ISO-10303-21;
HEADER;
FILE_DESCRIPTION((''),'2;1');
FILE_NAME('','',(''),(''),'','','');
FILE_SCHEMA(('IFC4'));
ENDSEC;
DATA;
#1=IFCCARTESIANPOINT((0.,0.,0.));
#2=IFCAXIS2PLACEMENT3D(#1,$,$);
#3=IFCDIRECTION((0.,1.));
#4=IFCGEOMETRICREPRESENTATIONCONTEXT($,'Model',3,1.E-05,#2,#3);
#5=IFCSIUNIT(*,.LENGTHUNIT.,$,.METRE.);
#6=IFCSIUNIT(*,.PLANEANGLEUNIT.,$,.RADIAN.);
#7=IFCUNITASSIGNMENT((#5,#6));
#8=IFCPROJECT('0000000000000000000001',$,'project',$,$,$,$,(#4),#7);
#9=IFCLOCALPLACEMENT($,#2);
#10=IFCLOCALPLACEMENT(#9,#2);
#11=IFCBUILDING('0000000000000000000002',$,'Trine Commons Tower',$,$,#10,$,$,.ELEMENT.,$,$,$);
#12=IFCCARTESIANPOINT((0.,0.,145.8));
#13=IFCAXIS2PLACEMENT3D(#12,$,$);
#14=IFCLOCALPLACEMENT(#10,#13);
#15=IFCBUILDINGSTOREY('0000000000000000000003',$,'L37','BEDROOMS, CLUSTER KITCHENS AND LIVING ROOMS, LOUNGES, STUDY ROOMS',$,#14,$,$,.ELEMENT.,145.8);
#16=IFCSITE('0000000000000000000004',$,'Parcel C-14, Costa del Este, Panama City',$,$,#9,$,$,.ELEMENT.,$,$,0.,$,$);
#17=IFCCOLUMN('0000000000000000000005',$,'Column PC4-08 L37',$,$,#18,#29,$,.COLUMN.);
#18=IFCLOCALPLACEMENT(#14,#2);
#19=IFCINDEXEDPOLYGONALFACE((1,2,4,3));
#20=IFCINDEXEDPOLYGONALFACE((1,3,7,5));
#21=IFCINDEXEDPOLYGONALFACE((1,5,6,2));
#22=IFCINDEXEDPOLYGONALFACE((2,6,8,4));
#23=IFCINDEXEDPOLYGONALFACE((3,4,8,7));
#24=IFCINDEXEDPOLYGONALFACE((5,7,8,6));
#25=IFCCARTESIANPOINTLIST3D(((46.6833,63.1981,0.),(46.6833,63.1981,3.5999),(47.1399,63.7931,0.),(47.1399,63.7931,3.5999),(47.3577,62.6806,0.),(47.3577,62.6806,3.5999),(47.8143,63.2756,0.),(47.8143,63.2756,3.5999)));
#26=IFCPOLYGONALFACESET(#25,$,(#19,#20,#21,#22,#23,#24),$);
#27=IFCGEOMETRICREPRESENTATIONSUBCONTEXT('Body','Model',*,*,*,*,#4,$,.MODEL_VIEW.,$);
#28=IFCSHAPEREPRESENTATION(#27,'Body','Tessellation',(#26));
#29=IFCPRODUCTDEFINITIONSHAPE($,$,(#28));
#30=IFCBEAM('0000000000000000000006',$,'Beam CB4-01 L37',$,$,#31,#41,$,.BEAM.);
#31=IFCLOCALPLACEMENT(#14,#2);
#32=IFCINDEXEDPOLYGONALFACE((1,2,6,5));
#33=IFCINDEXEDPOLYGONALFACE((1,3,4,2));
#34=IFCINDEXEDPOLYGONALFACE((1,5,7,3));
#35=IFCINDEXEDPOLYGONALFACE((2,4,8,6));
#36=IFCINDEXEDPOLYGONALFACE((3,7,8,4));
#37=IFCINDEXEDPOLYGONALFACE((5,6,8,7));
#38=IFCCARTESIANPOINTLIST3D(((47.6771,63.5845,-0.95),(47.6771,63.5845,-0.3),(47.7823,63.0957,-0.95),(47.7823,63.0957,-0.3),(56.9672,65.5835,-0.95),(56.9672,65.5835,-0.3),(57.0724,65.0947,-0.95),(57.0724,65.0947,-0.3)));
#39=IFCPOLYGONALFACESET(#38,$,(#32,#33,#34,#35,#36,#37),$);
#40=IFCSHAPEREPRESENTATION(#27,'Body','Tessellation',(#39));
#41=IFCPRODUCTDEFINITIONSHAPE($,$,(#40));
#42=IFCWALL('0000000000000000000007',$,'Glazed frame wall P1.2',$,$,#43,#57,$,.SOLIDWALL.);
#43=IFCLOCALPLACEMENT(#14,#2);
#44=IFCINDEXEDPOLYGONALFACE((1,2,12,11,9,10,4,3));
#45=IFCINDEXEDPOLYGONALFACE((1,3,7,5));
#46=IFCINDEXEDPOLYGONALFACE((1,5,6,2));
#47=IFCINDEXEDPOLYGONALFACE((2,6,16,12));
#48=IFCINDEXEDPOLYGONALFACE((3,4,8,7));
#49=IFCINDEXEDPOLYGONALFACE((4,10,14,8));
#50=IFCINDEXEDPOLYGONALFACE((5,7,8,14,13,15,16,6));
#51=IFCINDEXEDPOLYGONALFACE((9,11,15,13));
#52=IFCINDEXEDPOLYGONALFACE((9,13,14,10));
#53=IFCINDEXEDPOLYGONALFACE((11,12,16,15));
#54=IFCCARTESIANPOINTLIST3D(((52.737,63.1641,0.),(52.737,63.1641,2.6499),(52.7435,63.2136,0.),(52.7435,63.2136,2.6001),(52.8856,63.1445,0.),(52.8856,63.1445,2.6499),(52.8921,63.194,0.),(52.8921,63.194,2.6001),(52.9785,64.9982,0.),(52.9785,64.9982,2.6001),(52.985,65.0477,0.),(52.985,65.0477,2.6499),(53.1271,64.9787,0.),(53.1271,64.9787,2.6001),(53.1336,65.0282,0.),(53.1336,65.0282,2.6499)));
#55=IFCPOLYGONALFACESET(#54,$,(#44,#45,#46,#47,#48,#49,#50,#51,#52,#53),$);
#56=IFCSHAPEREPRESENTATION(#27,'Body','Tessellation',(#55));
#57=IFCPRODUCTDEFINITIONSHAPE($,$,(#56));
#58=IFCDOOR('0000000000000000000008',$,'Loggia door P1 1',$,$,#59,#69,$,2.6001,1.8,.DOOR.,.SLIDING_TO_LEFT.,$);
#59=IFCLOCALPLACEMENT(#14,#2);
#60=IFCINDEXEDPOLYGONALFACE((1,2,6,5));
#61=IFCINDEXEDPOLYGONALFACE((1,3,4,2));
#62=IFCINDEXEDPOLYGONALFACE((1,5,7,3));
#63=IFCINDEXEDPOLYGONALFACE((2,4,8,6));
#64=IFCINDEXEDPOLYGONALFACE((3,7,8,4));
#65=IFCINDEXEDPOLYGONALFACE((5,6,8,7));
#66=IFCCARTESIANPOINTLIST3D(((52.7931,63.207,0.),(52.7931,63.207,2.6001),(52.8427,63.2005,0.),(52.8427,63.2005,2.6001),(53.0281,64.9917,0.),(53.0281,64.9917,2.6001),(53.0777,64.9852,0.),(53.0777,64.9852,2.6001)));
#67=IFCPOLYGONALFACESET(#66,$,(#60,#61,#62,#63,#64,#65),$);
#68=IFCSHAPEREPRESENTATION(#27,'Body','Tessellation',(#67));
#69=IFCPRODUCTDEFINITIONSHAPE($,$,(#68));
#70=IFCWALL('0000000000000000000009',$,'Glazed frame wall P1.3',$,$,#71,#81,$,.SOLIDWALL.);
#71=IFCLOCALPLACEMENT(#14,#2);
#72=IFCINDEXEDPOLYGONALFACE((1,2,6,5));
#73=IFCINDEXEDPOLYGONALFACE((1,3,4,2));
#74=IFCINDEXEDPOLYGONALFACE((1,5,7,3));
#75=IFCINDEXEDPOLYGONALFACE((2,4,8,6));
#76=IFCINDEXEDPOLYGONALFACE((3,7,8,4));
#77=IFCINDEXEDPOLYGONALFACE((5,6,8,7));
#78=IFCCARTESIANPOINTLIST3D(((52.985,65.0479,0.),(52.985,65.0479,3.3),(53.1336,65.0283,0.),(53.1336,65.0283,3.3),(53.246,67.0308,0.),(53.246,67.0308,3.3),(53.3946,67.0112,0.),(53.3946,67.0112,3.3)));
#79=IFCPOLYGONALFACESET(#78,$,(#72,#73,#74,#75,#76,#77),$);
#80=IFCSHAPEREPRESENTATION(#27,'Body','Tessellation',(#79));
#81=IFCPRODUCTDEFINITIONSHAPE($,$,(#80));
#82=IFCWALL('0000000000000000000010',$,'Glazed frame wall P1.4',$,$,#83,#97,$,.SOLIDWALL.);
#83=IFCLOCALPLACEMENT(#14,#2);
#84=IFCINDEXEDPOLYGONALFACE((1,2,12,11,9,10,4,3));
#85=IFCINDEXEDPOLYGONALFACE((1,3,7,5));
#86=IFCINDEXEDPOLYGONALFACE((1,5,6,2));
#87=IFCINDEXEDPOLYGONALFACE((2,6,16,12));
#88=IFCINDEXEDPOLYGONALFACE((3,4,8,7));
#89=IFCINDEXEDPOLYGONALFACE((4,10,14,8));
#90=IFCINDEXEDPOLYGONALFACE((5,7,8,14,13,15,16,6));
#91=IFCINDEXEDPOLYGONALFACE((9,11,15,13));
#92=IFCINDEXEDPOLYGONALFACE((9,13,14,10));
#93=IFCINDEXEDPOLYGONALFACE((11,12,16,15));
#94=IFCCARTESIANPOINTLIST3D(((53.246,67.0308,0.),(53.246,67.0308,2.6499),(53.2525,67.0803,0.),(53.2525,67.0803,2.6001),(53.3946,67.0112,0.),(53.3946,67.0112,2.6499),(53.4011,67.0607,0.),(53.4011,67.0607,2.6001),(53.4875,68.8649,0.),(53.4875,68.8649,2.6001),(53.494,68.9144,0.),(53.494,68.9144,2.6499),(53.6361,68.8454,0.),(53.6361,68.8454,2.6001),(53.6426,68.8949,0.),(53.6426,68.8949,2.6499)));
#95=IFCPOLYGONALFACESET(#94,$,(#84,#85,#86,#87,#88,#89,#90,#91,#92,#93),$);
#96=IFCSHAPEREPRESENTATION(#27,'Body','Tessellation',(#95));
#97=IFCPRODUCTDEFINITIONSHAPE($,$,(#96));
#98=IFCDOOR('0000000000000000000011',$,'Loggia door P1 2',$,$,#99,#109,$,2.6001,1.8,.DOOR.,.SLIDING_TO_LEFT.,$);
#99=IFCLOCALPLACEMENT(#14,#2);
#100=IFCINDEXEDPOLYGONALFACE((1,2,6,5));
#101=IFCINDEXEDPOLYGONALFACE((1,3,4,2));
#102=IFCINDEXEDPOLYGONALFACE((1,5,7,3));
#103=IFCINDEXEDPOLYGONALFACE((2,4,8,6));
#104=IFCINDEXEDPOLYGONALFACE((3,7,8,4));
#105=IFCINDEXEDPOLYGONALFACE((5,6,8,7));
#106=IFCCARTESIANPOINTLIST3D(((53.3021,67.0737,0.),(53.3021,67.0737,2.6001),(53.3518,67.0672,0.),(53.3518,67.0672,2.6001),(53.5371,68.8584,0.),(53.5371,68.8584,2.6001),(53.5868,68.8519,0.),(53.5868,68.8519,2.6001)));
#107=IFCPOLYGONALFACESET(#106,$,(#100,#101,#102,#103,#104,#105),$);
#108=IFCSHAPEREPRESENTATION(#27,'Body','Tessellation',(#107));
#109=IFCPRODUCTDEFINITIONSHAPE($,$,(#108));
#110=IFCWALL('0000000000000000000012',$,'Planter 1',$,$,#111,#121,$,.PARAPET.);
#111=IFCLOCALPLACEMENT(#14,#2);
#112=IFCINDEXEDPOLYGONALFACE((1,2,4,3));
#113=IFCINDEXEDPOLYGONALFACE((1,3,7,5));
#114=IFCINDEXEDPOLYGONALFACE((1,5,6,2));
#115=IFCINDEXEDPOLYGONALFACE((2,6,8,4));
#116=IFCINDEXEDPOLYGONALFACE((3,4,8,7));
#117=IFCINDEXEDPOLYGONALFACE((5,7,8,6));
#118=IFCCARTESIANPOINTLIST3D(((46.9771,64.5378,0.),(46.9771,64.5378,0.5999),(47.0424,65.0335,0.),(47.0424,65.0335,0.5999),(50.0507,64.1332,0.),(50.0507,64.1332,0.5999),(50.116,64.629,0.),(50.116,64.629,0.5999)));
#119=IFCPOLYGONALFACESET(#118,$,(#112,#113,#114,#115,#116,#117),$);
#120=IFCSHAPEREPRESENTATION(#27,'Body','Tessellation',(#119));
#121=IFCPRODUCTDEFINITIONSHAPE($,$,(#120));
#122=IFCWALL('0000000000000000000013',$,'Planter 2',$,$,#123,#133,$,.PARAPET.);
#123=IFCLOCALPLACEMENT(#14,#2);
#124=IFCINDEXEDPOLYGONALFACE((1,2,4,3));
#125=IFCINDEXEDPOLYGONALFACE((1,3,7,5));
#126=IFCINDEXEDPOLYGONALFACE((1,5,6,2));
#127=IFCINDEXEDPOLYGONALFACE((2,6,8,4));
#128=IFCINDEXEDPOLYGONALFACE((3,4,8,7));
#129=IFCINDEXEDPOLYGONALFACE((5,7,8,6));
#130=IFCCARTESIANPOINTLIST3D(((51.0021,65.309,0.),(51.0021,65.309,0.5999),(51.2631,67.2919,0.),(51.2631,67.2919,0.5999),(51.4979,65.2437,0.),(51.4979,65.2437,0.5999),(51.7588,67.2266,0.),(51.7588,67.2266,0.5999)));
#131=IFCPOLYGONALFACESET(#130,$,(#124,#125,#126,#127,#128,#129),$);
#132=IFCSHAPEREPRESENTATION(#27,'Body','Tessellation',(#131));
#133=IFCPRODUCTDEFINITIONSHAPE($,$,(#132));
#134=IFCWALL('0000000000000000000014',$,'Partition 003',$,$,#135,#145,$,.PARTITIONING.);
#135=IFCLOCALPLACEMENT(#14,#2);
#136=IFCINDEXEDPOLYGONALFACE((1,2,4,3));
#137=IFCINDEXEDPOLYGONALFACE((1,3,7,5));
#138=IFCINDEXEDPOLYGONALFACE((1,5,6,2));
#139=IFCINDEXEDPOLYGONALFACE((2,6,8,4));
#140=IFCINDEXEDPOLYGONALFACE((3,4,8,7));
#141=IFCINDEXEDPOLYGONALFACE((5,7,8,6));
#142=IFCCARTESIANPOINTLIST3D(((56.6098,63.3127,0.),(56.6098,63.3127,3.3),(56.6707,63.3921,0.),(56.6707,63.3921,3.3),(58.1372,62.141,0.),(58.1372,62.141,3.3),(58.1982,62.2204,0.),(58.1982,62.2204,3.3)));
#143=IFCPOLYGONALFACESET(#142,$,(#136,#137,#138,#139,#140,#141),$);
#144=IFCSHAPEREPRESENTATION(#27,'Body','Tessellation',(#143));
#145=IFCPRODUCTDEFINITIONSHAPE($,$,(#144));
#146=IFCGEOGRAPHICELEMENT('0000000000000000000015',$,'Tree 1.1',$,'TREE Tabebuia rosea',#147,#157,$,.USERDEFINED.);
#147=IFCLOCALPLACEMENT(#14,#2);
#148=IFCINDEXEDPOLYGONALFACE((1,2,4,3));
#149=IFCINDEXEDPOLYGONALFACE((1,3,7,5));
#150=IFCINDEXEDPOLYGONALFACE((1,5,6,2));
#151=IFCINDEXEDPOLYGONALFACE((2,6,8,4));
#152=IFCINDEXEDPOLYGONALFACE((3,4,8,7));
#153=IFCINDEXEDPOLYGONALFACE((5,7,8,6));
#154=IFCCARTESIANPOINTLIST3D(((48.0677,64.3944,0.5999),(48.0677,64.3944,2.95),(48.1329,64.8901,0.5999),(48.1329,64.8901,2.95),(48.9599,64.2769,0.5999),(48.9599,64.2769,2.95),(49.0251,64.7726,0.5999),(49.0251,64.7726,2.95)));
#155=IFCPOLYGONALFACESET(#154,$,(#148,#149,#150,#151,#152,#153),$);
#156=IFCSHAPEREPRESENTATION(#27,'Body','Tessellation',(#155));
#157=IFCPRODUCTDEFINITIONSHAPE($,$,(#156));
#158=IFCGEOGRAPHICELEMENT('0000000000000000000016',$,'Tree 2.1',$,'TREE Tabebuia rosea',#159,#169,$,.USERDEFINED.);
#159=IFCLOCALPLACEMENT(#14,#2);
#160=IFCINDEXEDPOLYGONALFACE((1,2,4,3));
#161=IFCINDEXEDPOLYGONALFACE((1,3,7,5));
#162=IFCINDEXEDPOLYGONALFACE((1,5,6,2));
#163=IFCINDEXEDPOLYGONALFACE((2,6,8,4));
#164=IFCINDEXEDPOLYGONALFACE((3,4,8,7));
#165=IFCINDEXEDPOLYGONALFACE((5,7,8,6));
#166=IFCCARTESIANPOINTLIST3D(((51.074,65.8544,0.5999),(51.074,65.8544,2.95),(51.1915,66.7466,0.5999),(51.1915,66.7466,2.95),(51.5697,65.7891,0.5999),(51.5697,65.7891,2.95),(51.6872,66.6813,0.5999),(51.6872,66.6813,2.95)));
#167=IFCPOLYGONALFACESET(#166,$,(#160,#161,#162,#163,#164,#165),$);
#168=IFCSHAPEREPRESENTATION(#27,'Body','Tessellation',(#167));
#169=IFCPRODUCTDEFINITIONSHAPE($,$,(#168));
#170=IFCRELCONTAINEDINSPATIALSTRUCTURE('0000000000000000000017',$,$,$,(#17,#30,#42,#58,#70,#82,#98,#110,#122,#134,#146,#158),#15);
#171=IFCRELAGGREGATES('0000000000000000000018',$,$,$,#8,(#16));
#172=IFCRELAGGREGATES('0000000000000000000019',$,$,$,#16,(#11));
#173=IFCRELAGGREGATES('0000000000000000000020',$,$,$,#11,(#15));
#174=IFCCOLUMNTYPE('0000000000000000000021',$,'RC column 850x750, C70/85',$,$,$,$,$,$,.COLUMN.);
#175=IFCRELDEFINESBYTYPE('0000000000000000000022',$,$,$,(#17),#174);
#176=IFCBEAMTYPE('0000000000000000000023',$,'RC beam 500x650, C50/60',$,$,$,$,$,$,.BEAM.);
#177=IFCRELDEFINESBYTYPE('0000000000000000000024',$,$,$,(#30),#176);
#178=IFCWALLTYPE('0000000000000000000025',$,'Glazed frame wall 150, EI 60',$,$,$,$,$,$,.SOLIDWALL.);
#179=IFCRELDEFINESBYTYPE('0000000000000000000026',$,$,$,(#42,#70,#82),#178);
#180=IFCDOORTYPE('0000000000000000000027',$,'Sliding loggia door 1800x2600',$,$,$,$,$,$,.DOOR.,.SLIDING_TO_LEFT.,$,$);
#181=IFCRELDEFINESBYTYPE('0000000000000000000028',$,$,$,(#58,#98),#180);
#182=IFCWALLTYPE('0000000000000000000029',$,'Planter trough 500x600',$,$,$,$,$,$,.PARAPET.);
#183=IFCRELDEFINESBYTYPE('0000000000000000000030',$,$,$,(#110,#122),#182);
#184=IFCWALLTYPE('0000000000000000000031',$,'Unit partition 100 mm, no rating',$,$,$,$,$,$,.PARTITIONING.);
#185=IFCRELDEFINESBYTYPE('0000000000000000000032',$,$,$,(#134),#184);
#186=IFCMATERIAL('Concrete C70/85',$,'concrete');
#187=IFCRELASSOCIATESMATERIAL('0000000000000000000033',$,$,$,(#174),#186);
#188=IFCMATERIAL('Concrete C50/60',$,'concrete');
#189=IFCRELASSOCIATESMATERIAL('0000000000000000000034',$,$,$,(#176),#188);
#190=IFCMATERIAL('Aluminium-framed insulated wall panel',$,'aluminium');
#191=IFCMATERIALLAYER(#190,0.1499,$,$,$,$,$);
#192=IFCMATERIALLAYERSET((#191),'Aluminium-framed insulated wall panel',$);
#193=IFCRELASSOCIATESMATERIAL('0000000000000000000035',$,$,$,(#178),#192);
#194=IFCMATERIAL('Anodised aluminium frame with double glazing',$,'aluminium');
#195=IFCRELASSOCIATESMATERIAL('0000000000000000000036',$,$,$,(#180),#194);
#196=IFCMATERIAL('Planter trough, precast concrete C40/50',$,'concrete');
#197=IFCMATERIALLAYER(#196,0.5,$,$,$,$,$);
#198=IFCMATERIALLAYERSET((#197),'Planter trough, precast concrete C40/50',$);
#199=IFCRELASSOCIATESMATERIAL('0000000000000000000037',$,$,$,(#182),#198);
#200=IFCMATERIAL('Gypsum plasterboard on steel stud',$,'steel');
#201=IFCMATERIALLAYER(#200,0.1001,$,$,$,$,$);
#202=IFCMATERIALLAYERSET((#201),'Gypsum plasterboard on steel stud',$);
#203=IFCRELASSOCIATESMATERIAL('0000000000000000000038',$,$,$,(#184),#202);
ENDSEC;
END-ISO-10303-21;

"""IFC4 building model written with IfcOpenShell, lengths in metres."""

from ifc_helpers import new_model, si_unit, direction, frame, frame_2d, origin, origin_2d, place, context, subcontext, project, spatial, polyline, rectangle, outline, extrude, material, layer, layer_set, material_profile, profile_set, type_object, element, fill, save


model = new_model("IFC4")

# Units and contexts
model_context = context("Model", 3, precision=1e-05, world=origin(), true_north=direction((0.0, 1.0)))
body_context = subcontext(model_context, "Body", "Model", "MODEL_VIEW")
ifc_project = project(units=[si_unit("LENGTHUNIT", "METRE"), si_unit("PLANEANGLEUNIT", "RADIAN")], contexts=[model_context])

# Site, building, storey
site_placement = place(None, origin())
site = spatial("IfcSite", under=ifc_project, at=site_placement, Name="Parcel C-14, Costa del Este, Panama City", CompositionType="ELEMENT", RefElevation=0.0)
building_placement = place(site_placement, origin())
building = spatial("IfcBuilding", under=site, at=building_placement, Name="Trine Commons Tower", CompositionType="ELEMENT")
storey_placement = place(building_placement, frame((0.0, 0.0, 145.8)))
storey = spatial("IfcBuildingStorey", under=building, at=storey_placement, Name="L37", Description="BEDROOMS, CLUSTER KITCHENS AND LIVING ROOMS, LOUNGES, STUDY ROOMS", CompositionType="ELEMENT", Elevation=145.8)

# Column
ifc_material_1 = material(Name="Concrete C70/85", Category="concrete")
ifc_material_profile_1 = material_profile(ifc_material_1, rectangle(XDim=0.8501, YDim=0.75, at=origin_2d()), Name="RC 850x750")
ifc_profile_set_1 = profile_set([ifc_material_profile_1], Name="Concrete C70/85")
column_type = type_object("IfcColumnType", Name="RC column 850x750, C70/85", PredefinedType="COLUMN", material=ifc_profile_set_1)
column_placement = place(storey_placement, frame((47.2488, 63.2368, 0.0), z_axis=(0.0, 0.0, 1.0), x_axis=(-0.793353, 0.608761, 0.0)))
element("IfcColumn", 1, at=column_placement, inside=storey, type_object=column_type, Name="Column PC4-08 L37", PredefinedType="COLUMN", context=body_context, shape_type="SweptSolid", body=[
    extrude(rectangle(XDim=0.8501, YDim=0.75, at=origin_2d()), origin(), (0.0, 0.0, 1.0), 3.5999),
])

# Beam
ifc_material_2 = material(Name="Concrete C50/60", Category="concrete")
ifc_material_profile_2 = material_profile(ifc_material_2, rectangle(XDim=0.5, YDim=0.6499, at=origin_2d()), Name="RC 500x650")
ifc_profile_set_2 = profile_set([ifc_material_profile_2], Name="Concrete C50/60")
beam_type = type_object("IfcBeamType", Name="RC beam 500x650, C50/60", PredefinedType="BEAM", material=ifc_profile_set_2)
beam_placement = place(storey_placement, frame((47.7297, 63.3401, -0.625), z_axis=(0.977623, 0.210364, 0.0), x_axis=(-0.210364, 0.977623, 0.0)))
element("IfcBeam", 2, at=beam_placement, inside=storey, type_object=beam_type, Name="Beam CB4-01 L37", PredefinedType="BEAM", context=body_context, shape_type="SweptSolid", body=[
    extrude(rectangle(XDim=0.5, YDim=0.6499, at=origin_2d()), origin(), (0.0, 0.0, 1.0), 9.5027),
])

# Shared definitions
ifc_material_3 = material(Name="Aluminium-framed insulated wall panel", Category="aluminium")
ifc_layer_1 = layer(ifc_material_3, 0.1499)
ifc_layer_set_1 = layer_set([ifc_layer_1], Name="Aluminium-framed insulated wall panel")
wall_type_1 = type_object("IfcWallType", Name="Glazed frame wall 150, EI 60", PredefinedType="SOLIDWALL", material=ifc_layer_set_1)

# Wall, opening, door
wall_1_placement = place(storey_placement, frame((52.8113, 63.1543, 0.0), z_axis=(0.0, 0.0, 1.0), x_axis=(0.130548, 0.991442, 0.0)))
wall_1 = element("IfcWall", 3, at=wall_1_placement, inside=storey, type_object=wall_type_1, Name="Glazed frame wall P1.2", PredefinedType="SOLIDWALL", context=body_context, shape_type="SweptSolid", body=[
    extrude(outline(polyline([(0.0, -0.075), (1.8999, -0.075), (1.8999, 0.075), (0.0, 0.075), (0.0, -0.075)])), origin(), (0.0, 0.0, 1.0), 2.6499),
])
opening_1_placement = place(wall_1_placement, frame((0.05, 0.0, 0.0)))
opening_1 = element("IfcOpeningElement", 4, at=opening_1_placement, cuts=wall_1, PredefinedType="OPENING", context=body_context, shape_type="SweptSolid", body=[
    extrude(rectangle(XDim=1.8, YDim=2.6001, at=frame_2d((0.8999, 1.3))), frame((0.0, 0.085, 0.0), z_axis=(0.0, -1.0, 0.0), x_axis=(1.0, 0.0, 0.0)), (0.0, 0.0, 1.0), 0.1699),
])
ifc_material_4 = material(Name="Anodised aluminium frame with double glazing", Category="aluminium")
door_type = type_object("IfcDoorType", Name="Sliding loggia door 1800x2600", OperationType="SLIDING_TO_LEFT", PredefinedType="DOOR", material=ifc_material_4)
door_1_placement = place(opening_1_placement, origin())
door_1 = element("IfcDoor", 5, at=door_1_placement, inside=storey, type_object=door_type, Name="Loggia door P1 1", OperationType="SLIDING_TO_LEFT", OverallHeight=2.6001, OverallWidth=1.8, PredefinedType="DOOR", context=body_context, shape_type="SweptSolid", body=[
    extrude(rectangle(XDim=1.8, YDim=2.6001, at=frame_2d((0.8999, 1.3))), frame((0.0, 0.0249, 0.0), z_axis=(0.0, -1.0, 0.0), x_axis=(1.0, 0.0, 0.0)), (0.0, 0.0, 1.0), 0.05),
])
fill(opening_1, door_1)

# Wall
wall_2_placement = place(storey_placement, frame((53.0593, 65.0381, 0.0), z_axis=(0.0, 0.0, 1.0), x_axis=(0.130492, 0.991449, 0.0)))
element("IfcWall", 6, at=wall_2_placement, inside=storey, type_object=wall_type_1, Name="Glazed frame wall P1.3", PredefinedType="SOLIDWALL", context=body_context, shape_type="SweptSolid", body=[
    extrude(outline(polyline([(0.0, -0.075), (2.0, -0.075), (2.0, 0.075), (0.0, 0.075), (0.0, -0.075)])), origin(), (0.0, 0.0, 1.0), 3.3),
])

# Wall, opening, door
wall_3_placement = place(storey_placement, frame((53.3203, 67.021, 0.0), z_axis=(0.0, 0.0, 1.0), x_axis=(0.130548, 0.991442, 0.0)))
wall_3 = element("IfcWall", 7, at=wall_3_placement, inside=storey, type_object=wall_type_1, Name="Glazed frame wall P1.4", PredefinedType="SOLIDWALL", context=body_context, shape_type="SweptSolid", body=[
    extrude(outline(polyline([(0.0, -0.075), (1.8999, -0.075), (1.8999, 0.075), (0.0, 0.075), (0.0, -0.075)])), origin(), (0.0, 0.0, 1.0), 2.6499),
])
opening_2_placement = place(wall_3_placement, frame((0.05, 0.0, 0.0)))
opening_2 = element("IfcOpeningElement", 8, at=opening_2_placement, cuts=wall_3, PredefinedType="OPENING", context=body_context, shape_type="SweptSolid", body=[
    extrude(rectangle(XDim=1.8, YDim=2.6001, at=frame_2d((0.8999, 1.3))), frame((0.0, 0.085, 0.0), z_axis=(0.0, -1.0, 0.0), x_axis=(1.0, 0.0, 0.0)), (0.0, 0.0, 1.0), 0.1699),
])
door_2_placement = place(opening_2_placement, origin())
door_2 = element("IfcDoor", 9, at=door_2_placement, inside=storey, type_object=door_type, Name="Loggia door P1 2", OperationType="SLIDING_TO_LEFT", OverallHeight=2.6001, OverallWidth=1.8, PredefinedType="DOOR", context=body_context, shape_type="SweptSolid", body=[
    extrude(rectangle(XDim=1.8, YDim=2.6001, at=frame_2d((0.8999, 1.3))), frame((0.0, 0.0249, 0.0), z_axis=(0.0, -1.0, 0.0), x_axis=(1.0, 0.0, 0.0)), (0.0, 0.0, 1.0), 0.05),
])
fill(opening_2, door_2)

# Walls
ifc_material_5 = material(Name="Planter trough, precast concrete C40/50", Category="concrete")
ifc_layer_2 = layer(ifc_material_5, 0.5)
ifc_layer_set_2 = layer_set([ifc_layer_2], Name="Planter trough, precast concrete C40/50")
wall_type_2 = type_object("IfcWallType", Name="Planter trough 500x600", PredefinedType="PARAPET", material=ifc_layer_set_2)
wall_4_placement = place(storey_placement, frame((47.0098, 64.7856, 0.0), z_axis=(0.0, 0.0, 1.0), x_axis=(0.991449, -0.130497, 0.0)))
element("IfcWall", 10, at=wall_4_placement, inside=storey, type_object=wall_type_2, Name="Planter 1", PredefinedType="PARAPET", context=body_context, shape_type="SweptSolid", body=[
    extrude(rectangle(XDim=3.1001, YDim=0.5, at=frame_2d((1.55, 0.0))), origin(), (0.0, 0.0, 1.0), 0.5999),
])
wall_5_placement = place(storey_placement, frame((51.25, 65.2764, 0.0), z_axis=(0.0, 0.0, 1.0), x_axis=(0.130492, 0.991449, 0.0)))
element("IfcWall", 11, at=wall_5_placement, inside=storey, type_object=wall_type_2, Name="Planter 2", PredefinedType="PARAPET", context=body_context, shape_type="SweptSolid", body=[
    extrude(rectangle(XDim=2.0, YDim=0.5, at=frame_2d((1.0, 0.0))), origin(), (0.0, 0.0, 1.0), 0.5999),
])
ifc_material_6 = material(Name="Gypsum plasterboard on steel stud", Category="steel")
ifc_layer_3 = layer(ifc_material_6, 0.1001)
ifc_layer_set_3 = layer_set([ifc_layer_3], Name="Gypsum plasterboard on steel stud")
wall_type_3 = type_object("IfcWallType", Name="Unit partition 100 mm, no rating", PredefinedType="PARTITIONING", material=ifc_layer_set_3)
wall_6_placement = place(storey_placement, frame((56.6404, 63.3523, 0.0), z_axis=(0.0, 0.0, 1.0), x_axis=(0.793439, -0.60865, 0.0)))
element("IfcWall", 12, at=wall_6_placement, inside=storey, type_object=wall_type_3, Name="Partition 003", PredefinedType="PARTITIONING", context=body_context, shape_type="SweptSolid", body=[
    extrude(rectangle(XDim=1.925, YDim=0.1001, at=frame_2d((0.9624, 0.0))), origin(), (0.0, 0.0, 1.0), 3.3),
])

# Geographic elements
for number, where, z_axis, x_axis, name in (
    (13, (48.5464, 64.5835, 0.5999), (0.0, 0.0, 1.0), (0.991446, -0.130514, 0.0), "Tree 1.1"),
    (14, (51.3806, 66.2678, 0.5999), (0.0, 0.0, 1.0), (0.130543, 0.991443, 0.0), "Tree 2.1"),
):
    element("IfcGeographicElement", number, at=place(storey_placement, frame(where, z_axis=z_axis, x_axis=x_axis)), inside=storey, Name=name, ObjectType="TREE Tabebuia rosea", PredefinedType="USERDEFINED", context=body_context, shape_type="SweptSolid", body=[
        extrude(rectangle(XDim=0.8999, YDim=0.5, at=origin_2d()), origin(), (0.0, 0.0, 1.0), 2.3501),
    ])

save(model, "model.ifc")
